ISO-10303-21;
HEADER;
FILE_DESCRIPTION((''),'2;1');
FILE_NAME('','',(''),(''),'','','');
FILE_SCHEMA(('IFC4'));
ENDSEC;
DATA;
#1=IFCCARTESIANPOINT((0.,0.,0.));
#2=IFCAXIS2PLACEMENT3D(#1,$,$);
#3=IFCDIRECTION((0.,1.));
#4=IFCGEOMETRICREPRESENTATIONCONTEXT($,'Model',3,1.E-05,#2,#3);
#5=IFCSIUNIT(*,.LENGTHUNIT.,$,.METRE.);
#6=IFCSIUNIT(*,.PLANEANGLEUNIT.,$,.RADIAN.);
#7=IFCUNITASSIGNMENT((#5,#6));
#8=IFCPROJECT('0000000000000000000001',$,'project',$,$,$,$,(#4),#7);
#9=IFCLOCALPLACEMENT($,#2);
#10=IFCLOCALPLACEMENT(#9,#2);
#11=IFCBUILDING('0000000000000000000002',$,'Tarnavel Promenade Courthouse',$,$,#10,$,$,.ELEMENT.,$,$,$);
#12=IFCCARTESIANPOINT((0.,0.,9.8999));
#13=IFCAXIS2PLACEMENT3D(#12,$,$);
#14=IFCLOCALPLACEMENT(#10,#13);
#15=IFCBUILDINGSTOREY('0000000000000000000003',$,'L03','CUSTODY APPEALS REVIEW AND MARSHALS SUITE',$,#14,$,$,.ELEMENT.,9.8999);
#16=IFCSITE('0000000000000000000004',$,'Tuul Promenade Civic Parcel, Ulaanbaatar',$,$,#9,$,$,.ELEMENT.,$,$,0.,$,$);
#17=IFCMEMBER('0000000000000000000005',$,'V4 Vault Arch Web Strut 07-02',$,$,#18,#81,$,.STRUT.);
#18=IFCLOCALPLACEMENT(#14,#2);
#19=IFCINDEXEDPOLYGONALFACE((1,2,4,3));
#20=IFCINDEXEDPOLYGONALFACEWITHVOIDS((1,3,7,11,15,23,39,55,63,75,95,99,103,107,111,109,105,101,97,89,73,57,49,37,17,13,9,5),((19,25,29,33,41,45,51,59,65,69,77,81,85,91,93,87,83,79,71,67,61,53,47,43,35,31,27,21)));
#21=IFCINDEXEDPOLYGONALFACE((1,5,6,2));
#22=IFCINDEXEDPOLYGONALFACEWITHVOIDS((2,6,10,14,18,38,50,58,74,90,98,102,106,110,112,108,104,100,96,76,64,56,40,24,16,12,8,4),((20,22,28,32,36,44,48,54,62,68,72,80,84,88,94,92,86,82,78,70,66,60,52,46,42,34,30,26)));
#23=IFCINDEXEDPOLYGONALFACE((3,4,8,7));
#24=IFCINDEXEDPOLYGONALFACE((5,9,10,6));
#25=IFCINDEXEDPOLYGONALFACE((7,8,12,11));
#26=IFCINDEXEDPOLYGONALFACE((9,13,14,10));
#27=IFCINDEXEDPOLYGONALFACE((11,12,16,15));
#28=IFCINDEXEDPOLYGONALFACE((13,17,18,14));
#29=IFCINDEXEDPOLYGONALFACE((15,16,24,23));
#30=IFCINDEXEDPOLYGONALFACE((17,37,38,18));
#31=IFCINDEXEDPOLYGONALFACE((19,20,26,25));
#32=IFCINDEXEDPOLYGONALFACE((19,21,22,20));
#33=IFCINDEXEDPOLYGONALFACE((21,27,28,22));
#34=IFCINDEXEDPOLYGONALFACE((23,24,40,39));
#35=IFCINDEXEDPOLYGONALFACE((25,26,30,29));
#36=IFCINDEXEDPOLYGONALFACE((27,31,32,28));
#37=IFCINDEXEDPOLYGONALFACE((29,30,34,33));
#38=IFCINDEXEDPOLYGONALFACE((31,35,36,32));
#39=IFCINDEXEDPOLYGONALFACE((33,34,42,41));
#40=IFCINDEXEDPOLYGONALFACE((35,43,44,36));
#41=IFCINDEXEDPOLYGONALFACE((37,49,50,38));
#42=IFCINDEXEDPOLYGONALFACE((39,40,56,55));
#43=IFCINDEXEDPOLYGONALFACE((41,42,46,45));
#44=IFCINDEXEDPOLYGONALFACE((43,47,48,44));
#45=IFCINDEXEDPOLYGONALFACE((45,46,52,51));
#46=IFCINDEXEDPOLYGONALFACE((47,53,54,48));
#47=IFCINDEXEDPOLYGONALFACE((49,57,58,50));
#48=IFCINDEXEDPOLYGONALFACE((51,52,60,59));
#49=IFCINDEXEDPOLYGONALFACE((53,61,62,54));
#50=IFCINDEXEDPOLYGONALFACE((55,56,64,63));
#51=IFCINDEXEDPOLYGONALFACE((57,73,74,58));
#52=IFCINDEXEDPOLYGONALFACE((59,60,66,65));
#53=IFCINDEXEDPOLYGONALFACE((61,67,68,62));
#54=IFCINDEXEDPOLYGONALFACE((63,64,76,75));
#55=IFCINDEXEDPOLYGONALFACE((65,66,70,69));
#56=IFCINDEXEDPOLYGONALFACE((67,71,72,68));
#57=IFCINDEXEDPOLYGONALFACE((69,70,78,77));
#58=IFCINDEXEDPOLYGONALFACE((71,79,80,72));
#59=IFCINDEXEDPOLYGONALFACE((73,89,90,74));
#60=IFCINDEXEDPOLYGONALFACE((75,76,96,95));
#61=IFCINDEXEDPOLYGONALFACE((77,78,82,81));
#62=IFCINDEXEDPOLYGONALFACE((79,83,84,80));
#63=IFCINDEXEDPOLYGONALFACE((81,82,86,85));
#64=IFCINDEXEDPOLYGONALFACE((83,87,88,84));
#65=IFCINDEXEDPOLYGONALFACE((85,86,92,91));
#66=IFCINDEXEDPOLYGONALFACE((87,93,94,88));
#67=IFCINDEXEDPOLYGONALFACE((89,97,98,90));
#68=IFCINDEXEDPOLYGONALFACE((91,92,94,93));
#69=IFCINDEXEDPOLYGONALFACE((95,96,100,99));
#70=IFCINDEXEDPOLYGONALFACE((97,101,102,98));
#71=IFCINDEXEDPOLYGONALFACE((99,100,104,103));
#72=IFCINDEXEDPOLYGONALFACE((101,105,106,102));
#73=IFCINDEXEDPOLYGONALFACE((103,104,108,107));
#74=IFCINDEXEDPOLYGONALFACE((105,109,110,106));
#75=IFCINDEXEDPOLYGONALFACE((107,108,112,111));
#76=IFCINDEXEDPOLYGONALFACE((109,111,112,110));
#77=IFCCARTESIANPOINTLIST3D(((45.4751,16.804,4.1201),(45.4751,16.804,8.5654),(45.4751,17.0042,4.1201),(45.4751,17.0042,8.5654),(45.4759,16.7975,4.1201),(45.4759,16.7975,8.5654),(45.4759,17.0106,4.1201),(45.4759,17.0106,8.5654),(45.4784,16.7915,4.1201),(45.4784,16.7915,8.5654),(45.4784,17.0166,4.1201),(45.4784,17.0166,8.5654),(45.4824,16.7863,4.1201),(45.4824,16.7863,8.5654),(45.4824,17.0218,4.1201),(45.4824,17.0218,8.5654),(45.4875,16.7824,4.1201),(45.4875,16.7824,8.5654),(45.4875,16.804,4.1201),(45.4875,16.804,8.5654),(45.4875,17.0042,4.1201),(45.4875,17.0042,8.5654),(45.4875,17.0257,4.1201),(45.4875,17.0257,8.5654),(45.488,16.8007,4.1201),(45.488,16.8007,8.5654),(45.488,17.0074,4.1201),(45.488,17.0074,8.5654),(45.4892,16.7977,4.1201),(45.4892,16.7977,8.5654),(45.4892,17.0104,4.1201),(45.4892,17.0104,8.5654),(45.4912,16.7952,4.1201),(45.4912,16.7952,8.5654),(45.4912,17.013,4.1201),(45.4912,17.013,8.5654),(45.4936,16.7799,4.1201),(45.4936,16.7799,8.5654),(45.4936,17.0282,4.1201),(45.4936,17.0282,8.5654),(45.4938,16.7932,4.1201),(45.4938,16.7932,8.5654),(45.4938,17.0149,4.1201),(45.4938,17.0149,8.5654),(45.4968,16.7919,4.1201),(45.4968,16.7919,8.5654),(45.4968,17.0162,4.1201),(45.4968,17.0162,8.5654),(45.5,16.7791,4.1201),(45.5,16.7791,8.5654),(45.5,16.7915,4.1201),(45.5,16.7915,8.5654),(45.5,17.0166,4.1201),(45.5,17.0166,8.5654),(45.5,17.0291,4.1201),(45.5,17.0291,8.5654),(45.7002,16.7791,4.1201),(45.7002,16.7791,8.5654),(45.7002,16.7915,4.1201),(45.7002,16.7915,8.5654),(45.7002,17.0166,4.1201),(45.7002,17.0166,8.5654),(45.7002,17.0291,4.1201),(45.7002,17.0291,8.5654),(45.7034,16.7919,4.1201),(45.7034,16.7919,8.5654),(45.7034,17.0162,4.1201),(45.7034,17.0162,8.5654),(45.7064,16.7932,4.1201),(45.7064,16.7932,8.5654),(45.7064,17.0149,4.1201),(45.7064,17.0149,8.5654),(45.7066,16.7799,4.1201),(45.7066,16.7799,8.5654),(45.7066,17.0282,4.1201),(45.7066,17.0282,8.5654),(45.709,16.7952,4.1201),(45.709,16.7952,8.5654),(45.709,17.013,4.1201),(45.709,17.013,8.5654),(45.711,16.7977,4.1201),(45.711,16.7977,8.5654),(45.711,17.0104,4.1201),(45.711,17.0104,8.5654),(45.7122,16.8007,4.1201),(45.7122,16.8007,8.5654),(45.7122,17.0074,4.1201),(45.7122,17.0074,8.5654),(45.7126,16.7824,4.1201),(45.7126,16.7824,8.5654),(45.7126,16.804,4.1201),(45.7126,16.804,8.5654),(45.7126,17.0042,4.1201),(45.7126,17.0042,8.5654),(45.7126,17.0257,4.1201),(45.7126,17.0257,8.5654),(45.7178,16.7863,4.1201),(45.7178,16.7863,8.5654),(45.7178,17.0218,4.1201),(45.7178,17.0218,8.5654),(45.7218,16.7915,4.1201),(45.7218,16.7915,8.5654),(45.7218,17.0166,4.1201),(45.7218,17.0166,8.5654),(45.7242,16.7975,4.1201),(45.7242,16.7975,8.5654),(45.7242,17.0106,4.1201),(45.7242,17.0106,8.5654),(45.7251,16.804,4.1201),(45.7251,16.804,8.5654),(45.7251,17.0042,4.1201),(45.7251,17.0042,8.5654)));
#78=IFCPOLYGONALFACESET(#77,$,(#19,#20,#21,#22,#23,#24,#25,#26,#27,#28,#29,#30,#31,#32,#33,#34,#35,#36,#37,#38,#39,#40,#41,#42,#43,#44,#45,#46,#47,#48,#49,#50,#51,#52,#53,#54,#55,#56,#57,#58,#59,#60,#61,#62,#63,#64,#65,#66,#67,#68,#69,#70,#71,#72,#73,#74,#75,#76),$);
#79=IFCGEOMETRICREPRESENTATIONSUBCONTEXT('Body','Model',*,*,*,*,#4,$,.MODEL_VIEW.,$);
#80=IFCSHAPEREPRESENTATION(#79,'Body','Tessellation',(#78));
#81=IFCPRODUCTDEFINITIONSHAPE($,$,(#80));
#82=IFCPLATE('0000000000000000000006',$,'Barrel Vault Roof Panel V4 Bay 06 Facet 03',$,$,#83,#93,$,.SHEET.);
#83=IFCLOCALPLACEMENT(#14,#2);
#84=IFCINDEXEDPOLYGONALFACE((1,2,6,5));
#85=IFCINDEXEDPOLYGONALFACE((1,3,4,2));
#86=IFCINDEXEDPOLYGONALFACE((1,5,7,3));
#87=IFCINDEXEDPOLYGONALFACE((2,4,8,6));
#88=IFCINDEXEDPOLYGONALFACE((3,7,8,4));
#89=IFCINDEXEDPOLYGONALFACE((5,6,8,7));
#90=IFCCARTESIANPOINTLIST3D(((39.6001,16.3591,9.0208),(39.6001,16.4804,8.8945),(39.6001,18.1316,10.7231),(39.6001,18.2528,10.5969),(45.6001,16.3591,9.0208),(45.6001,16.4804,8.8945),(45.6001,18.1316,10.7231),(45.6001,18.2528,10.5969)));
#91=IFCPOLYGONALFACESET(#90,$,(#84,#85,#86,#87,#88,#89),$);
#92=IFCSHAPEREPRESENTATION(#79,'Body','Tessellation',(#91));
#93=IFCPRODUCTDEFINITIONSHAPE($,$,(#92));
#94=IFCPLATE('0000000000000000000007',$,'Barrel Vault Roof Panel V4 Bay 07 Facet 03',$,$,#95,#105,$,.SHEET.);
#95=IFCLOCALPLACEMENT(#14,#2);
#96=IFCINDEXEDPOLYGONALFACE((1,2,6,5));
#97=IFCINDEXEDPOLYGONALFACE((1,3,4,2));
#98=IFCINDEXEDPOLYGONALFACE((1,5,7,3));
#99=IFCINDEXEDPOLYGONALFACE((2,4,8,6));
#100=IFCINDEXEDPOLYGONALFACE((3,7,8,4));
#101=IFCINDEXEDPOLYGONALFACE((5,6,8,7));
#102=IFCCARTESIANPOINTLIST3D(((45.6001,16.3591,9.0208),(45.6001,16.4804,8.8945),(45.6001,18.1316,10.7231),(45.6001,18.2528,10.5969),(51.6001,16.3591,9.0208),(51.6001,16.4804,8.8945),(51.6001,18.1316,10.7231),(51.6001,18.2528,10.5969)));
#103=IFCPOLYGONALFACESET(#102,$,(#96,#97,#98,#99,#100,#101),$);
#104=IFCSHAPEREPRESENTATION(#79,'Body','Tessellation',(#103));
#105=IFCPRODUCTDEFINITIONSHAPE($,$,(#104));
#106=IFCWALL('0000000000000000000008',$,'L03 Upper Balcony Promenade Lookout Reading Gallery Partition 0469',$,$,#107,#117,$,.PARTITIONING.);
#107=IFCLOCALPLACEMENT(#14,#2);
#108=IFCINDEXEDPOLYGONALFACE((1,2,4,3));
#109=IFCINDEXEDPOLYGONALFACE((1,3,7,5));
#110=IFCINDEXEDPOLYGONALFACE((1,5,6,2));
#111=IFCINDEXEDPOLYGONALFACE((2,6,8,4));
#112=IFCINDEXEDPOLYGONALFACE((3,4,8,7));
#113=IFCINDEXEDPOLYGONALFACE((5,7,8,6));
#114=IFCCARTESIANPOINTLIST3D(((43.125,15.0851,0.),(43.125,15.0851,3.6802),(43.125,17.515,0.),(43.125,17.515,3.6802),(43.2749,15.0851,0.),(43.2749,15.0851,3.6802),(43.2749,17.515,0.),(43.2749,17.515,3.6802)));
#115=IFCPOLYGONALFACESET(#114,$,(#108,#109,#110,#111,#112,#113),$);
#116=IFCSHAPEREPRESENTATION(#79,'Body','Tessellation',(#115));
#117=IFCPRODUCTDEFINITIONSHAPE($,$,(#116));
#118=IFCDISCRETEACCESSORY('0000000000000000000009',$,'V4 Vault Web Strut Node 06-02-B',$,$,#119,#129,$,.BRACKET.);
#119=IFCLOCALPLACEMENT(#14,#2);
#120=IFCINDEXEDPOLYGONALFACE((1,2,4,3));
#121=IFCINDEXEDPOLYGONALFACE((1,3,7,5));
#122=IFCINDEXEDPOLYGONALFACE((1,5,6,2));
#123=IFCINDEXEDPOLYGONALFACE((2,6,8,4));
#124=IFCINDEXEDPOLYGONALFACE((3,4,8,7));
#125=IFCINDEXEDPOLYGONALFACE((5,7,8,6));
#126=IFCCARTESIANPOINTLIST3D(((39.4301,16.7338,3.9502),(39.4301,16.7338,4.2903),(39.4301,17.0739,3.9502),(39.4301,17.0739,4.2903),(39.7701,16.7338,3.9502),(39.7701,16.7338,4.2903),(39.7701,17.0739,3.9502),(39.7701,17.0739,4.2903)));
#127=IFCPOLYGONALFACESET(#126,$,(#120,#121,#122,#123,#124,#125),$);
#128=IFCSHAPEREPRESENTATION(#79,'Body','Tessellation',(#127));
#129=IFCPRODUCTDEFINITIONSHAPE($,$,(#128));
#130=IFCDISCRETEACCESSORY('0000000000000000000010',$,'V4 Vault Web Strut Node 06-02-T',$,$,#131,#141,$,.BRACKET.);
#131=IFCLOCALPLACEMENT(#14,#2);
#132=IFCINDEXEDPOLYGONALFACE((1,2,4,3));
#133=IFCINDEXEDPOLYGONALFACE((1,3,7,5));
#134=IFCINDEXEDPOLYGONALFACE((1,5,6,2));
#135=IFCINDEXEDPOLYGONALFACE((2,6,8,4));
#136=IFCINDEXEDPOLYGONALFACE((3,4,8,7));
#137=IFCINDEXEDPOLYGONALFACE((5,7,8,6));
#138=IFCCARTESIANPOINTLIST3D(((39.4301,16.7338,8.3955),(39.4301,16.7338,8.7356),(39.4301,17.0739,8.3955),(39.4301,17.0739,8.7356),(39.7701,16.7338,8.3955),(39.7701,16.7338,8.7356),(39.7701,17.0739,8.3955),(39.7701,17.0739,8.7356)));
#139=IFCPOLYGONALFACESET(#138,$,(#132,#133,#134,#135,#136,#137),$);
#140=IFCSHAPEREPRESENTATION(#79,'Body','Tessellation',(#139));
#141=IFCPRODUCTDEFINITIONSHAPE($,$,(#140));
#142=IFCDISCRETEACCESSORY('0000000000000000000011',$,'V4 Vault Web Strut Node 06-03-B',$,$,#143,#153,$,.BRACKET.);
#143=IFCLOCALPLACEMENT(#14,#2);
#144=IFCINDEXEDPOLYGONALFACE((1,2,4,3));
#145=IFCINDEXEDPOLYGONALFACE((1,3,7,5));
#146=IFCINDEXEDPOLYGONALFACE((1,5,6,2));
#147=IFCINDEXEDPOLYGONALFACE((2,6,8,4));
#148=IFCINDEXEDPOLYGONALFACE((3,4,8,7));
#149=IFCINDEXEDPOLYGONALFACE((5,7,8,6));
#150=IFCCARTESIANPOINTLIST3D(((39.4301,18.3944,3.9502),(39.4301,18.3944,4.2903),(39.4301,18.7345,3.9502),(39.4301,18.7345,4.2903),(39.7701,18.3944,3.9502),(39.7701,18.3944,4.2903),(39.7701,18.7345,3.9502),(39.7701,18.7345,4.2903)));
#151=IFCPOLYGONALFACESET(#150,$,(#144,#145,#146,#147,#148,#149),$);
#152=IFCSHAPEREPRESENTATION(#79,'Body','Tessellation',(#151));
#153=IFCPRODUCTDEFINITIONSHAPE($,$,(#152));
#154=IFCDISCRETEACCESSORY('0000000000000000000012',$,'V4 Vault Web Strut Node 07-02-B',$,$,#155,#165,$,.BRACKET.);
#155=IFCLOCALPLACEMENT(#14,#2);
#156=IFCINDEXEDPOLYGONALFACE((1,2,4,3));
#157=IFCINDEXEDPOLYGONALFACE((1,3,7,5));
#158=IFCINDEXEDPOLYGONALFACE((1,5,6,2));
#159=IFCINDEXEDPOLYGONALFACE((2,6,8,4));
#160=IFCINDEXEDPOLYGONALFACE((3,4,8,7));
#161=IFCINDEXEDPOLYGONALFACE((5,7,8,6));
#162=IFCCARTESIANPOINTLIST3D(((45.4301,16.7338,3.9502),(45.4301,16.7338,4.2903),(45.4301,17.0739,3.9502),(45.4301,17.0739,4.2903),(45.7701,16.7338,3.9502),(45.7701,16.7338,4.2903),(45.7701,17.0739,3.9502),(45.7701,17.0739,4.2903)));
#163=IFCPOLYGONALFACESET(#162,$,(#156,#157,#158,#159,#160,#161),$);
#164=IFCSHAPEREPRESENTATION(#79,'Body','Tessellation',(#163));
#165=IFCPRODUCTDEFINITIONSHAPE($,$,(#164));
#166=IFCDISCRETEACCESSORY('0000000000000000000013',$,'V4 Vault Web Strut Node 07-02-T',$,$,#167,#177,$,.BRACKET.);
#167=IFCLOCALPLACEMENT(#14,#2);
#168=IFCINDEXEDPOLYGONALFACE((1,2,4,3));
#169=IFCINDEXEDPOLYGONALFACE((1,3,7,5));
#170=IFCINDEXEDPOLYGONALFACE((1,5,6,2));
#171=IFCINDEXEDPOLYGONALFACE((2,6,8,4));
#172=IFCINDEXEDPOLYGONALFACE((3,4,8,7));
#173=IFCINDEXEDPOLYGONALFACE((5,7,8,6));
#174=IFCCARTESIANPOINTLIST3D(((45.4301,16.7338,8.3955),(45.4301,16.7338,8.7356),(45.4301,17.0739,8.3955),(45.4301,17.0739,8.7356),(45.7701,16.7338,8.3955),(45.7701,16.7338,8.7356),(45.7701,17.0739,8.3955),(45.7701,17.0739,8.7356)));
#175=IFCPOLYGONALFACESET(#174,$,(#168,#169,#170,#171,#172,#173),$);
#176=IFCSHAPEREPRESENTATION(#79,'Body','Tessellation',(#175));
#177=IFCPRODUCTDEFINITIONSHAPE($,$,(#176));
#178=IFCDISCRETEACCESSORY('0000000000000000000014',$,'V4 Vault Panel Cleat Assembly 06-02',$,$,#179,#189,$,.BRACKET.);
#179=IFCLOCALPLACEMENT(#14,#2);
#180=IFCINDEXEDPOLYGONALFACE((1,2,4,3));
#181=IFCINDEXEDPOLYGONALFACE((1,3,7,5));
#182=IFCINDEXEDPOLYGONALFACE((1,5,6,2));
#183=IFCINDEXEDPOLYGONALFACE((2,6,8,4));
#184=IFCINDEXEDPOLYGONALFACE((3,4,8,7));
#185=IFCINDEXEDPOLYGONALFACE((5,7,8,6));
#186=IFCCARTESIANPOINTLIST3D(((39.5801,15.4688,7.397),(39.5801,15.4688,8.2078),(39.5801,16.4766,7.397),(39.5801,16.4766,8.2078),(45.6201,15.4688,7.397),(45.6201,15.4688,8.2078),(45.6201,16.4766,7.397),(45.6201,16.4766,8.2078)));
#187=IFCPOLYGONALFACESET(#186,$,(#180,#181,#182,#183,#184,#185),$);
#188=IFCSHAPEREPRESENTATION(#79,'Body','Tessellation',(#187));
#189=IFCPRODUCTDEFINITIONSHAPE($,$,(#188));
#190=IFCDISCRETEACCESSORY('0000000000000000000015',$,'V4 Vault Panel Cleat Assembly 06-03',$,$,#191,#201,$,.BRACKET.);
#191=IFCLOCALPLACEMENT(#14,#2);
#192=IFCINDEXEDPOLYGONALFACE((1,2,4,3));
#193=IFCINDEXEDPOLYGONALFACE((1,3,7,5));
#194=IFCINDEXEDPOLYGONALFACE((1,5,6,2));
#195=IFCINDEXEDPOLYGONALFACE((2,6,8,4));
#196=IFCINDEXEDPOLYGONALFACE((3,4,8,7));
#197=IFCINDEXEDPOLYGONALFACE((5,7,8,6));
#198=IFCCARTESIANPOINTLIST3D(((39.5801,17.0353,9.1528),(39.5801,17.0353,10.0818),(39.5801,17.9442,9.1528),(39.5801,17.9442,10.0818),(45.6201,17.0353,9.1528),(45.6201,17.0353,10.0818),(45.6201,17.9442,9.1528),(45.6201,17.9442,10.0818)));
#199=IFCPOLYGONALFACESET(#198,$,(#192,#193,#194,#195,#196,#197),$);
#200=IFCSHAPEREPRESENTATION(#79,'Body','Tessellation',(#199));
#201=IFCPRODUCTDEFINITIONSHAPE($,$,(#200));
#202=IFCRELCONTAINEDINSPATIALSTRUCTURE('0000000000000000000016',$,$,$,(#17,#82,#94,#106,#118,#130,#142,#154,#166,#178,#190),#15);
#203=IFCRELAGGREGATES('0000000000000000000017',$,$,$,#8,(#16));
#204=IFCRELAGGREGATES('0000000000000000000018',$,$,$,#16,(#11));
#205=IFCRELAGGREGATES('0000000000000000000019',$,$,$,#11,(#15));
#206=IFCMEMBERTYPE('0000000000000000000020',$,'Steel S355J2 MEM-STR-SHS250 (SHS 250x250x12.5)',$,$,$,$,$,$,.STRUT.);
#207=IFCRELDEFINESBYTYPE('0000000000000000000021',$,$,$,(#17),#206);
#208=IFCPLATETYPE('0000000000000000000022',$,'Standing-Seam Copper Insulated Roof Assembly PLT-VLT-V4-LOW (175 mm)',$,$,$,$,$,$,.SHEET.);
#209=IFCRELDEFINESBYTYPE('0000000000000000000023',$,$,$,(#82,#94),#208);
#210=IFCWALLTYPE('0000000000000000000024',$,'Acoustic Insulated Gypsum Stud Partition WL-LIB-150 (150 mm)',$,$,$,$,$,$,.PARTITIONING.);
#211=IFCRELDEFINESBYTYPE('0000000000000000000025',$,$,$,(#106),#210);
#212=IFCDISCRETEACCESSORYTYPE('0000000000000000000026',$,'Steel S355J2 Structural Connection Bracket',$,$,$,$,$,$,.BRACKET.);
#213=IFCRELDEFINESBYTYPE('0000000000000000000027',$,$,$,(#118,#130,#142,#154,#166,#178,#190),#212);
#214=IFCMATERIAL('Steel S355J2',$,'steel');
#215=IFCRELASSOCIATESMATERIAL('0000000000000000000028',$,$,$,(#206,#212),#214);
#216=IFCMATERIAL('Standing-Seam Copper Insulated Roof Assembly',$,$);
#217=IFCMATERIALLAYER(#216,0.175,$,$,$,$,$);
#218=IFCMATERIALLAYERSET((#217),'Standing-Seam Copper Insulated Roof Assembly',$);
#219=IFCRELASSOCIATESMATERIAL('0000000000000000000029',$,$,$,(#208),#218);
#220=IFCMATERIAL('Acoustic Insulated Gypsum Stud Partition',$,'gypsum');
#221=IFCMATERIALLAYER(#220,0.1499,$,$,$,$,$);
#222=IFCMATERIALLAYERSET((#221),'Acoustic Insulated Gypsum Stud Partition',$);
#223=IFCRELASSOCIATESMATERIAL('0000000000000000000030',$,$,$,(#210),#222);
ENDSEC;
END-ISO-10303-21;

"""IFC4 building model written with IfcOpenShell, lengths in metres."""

from ifc_helpers import new_model, si_unit, direction, frame, frame_2d, origin, origin_2d, place, context, subcontext, project, spatial, polyline, rectangle, hollow_rectangle, outline, extrude, material, layer, layer_set, material_profile, profile_set, type_object, element, save


model = new_model("IFC4")

# Units and contexts
model_context = context("Model", 3, precision=1e-05, world=origin(), true_north=direction((0.0, 1.0)))
body_context = subcontext(model_context, "Body", "Model", "MODEL_VIEW")
ifc_project = project(units=[si_unit("LENGTHUNIT", "METRE"), si_unit("PLANEANGLEUNIT", "RADIAN")], contexts=[model_context])

# Site, building, storey
site_placement = place(None, origin())
site = spatial("IfcSite", under=ifc_project, at=site_placement, Name="Tuul Promenade Civic Parcel, Ulaanbaatar", CompositionType="ELEMENT", RefElevation=0.0)
building_placement = place(site_placement, origin())
building = spatial("IfcBuilding", under=site, at=building_placement, Name="Tarnavel Promenade Courthouse", CompositionType="ELEMENT")
storey_placement = place(building_placement, frame((0.0, 0.0, 9.8999)))
storey = spatial("IfcBuildingStorey", under=building, at=storey_placement, Name="L03", Description="CUSTODY APPEALS REVIEW AND MARSHALS SUITE", CompositionType="ELEMENT", Elevation=9.8999)

# Shared definitions
ifc_material_1 = material(Name="Steel S355J2", Category="steel")

# Member
ifc_material_profile_1 = material_profile(ifc_material_1, hollow_rectangle(XDim=0.25, YDim=0.25, WallThickness=0.0125, InnerFilletRadius=0.0125, OuterFilletRadius=0.0249, at=origin_2d()), Name="SHS 250x250x12.5")
ifc_profile_set_1 = profile_set([ifc_material_profile_1], Name="Steel S355J2")
member_type_1 = type_object("IfcMemberType", Name="Steel S355J2 MEM-STR-SHS250 (SHS 250x250x12.5)", PredefinedType="STRUT", material=ifc_profile_set_1)
for number, where, z_axis, x_axis, name in (
    (1, (45.6001, 16.9041, 4.1201), (0.0, 0.0, 1.0), (1.0, 0.0, 0.0), "V4 Vault Arch Web Strut 07-02"),
):
    element("IfcMember", number, at=place(storey_placement, frame(where, z_axis=z_axis, x_axis=x_axis)), inside=storey, type_object=member_type_1, Name=name, PredefinedType="STRUT", context=body_context, shape_type="SweptSolid", body=[
        extrude(hollow_rectangle(XDim=0.25, YDim=0.25, WallThickness=0.0125, InnerFilletRadius=0.0125, OuterFilletRadius=0.0249, at=origin_2d()), origin(), (0.0, 0.0, 1.0), 4.4453),
    ])

# Plates
ifc_material_2 = material(Name="Standing-Seam Copper Insulated Roof Assembly")
ifc_layer_1 = layer(ifc_material_2, 0.175)
ifc_layer_set_1 = layer_set([ifc_layer_1], Name="Standing-Seam Copper Insulated Roof Assembly")
plate_type = type_object("IfcPlateType", Name="Standing-Seam Copper Insulated Roof Assembly PLT-VLT-V4-LOW (175 mm)", PredefinedType="SHEET", material=ifc_layer_set_1)
for number, where, z_axis, x_axis, name in (
    (2, (39.6001, 16.3591, 9.0208), (0.0, -0.692708, 0.721219), (1.0, 0.0, 0.0), "Barrel Vault Roof Panel V4 Bay 06 Facet 03"),
    (3, (45.6001, 16.3591, 9.0208), (0.0, -0.692708, 0.721219), (1.0, 0.0, 0.0), "Barrel Vault Roof Panel V4 Bay 07 Facet 03"),
):
    element("IfcPlate", number, at=place(storey_placement, frame(where, z_axis=z_axis, x_axis=x_axis)), inside=storey, type_object=plate_type, Name=name, PredefinedType="SHEET", context=body_context, shape_type="SweptSolid", body=[
        extrude(outline(polyline([(0.0, 0.0), (6.0, 0.0), (6.0, 2.4576), (0.0, 2.4576), (0.0, 0.0)])), origin(), (0.0, 0.0, -1.0), 0.175),
    ])

# Wall
ifc_material_3 = material(Name="Acoustic Insulated Gypsum Stud Partition", Category="gypsum")
ifc_layer_2 = layer(ifc_material_3, 0.1499)
ifc_layer_set_2 = layer_set([ifc_layer_2], Name="Acoustic Insulated Gypsum Stud Partition")
wall_type = type_object("IfcWallType", Name="Acoustic Insulated Gypsum Stud Partition WL-LIB-150 (150 mm)", PredefinedType="PARTITIONING", material=ifc_layer_set_2)
wall_placement = place(storey_placement, frame((43.2, 17.5149, 0.0), z_axis=(0.0, 0.0, 1.0), x_axis=(0.0, -1.0, 0.0)))
element("IfcWall", 4, at=wall_placement, inside=storey, type_object=wall_type, Name="L03 Upper Balcony Promenade Lookout Reading Gallery Partition 0469", PredefinedType="PARTITIONING", context=body_context, shape_type="SweptSolid", body=[
    extrude(rectangle(XDim=2.4299, YDim=0.1499, at=frame_2d((1.2148, 0.0))), origin(), (0.0, 0.0, 1.0), 3.6802),
])

# Discrete accessories
discrete_accessory_type = type_object("IfcDiscreteAccessoryType", Name="Steel S355J2 Structural Connection Bracket", PredefinedType="BRACKET", material=ifc_material_1)
for number, where, z_axis, x_axis, name in (
    (5, (39.6001, 16.9038, 3.9502), (0.0, 0.0, 1.0), (1.0, 0.0, 0.0), "V4 Vault Web Strut Node 06-02-B"),
    (6, (39.6001, 16.9038, 8.3955), (0.0, 0.0, 1.0), (1.0, 0.0, 0.0), "V4 Vault Web Strut Node 06-02-T"),
    (7, (39.6001, 18.5645, 3.9502), (0.0, 0.0, 1.0), (1.0, 0.0, 0.0), "V4 Vault Web Strut Node 06-03-B"),
    (8, (45.6001, 16.9038, 3.9502), (0.0, 0.0, 1.0), (1.0, 0.0, 0.0), "V4 Vault Web Strut Node 07-02-B"),
    (9, (45.6001, 16.9038, 8.3955), (0.0, 0.0, 1.0), (1.0, 0.0, 0.0), "V4 Vault Web Strut Node 07-02-T"),
):
    element("IfcDiscreteAccessory", number, at=place(storey_placement, frame(where, z_axis=z_axis, x_axis=x_axis)), inside=storey, type_object=discrete_accessory_type, Name=name, PredefinedType="BRACKET", context=body_context, shape_type="SweptSolid", body=[
        extrude(rectangle(XDim=0.3401, YDim=0.3401, at=origin_2d()), origin(), (0.0, 0.0, 1.0), 0.3401),
    ])
discrete_accessory_1_placement = place(storey_placement, frame((42.6001, 15.9727, 7.397), z_axis=(0.0, 0.0, 1.0), x_axis=(1.0, 0.0, 0.0)))
element("IfcDiscreteAccessory", 10, at=discrete_accessory_1_placement, inside=storey, type_object=discrete_accessory_type, Name="V4 Vault Panel Cleat Assembly 06-02", PredefinedType="BRACKET", context=body_context, shape_type="SweptSolid", body=[
    extrude(rectangle(XDim=6.04, YDim=1.0078, at=origin_2d()), origin(), (0.0, 0.0, 1.0), 0.8108),
])
discrete_accessory_2_placement = place(storey_placement, frame((42.6001, 17.4897, 9.1528), z_axis=(0.0, 0.0, 1.0), x_axis=(1.0, 0.0, 0.0)))
element("IfcDiscreteAccessory", 11, at=discrete_accessory_2_placement, inside=storey, type_object=discrete_accessory_type, Name="V4 Vault Panel Cleat Assembly 06-03", PredefinedType="BRACKET", context=body_context, shape_type="SweptSolid", body=[
    extrude(rectangle(XDim=6.04, YDim=0.9089, at=origin_2d()), origin(), (0.0, 0.0, 1.0), 0.929),
])

save(model, "model.ifc")
